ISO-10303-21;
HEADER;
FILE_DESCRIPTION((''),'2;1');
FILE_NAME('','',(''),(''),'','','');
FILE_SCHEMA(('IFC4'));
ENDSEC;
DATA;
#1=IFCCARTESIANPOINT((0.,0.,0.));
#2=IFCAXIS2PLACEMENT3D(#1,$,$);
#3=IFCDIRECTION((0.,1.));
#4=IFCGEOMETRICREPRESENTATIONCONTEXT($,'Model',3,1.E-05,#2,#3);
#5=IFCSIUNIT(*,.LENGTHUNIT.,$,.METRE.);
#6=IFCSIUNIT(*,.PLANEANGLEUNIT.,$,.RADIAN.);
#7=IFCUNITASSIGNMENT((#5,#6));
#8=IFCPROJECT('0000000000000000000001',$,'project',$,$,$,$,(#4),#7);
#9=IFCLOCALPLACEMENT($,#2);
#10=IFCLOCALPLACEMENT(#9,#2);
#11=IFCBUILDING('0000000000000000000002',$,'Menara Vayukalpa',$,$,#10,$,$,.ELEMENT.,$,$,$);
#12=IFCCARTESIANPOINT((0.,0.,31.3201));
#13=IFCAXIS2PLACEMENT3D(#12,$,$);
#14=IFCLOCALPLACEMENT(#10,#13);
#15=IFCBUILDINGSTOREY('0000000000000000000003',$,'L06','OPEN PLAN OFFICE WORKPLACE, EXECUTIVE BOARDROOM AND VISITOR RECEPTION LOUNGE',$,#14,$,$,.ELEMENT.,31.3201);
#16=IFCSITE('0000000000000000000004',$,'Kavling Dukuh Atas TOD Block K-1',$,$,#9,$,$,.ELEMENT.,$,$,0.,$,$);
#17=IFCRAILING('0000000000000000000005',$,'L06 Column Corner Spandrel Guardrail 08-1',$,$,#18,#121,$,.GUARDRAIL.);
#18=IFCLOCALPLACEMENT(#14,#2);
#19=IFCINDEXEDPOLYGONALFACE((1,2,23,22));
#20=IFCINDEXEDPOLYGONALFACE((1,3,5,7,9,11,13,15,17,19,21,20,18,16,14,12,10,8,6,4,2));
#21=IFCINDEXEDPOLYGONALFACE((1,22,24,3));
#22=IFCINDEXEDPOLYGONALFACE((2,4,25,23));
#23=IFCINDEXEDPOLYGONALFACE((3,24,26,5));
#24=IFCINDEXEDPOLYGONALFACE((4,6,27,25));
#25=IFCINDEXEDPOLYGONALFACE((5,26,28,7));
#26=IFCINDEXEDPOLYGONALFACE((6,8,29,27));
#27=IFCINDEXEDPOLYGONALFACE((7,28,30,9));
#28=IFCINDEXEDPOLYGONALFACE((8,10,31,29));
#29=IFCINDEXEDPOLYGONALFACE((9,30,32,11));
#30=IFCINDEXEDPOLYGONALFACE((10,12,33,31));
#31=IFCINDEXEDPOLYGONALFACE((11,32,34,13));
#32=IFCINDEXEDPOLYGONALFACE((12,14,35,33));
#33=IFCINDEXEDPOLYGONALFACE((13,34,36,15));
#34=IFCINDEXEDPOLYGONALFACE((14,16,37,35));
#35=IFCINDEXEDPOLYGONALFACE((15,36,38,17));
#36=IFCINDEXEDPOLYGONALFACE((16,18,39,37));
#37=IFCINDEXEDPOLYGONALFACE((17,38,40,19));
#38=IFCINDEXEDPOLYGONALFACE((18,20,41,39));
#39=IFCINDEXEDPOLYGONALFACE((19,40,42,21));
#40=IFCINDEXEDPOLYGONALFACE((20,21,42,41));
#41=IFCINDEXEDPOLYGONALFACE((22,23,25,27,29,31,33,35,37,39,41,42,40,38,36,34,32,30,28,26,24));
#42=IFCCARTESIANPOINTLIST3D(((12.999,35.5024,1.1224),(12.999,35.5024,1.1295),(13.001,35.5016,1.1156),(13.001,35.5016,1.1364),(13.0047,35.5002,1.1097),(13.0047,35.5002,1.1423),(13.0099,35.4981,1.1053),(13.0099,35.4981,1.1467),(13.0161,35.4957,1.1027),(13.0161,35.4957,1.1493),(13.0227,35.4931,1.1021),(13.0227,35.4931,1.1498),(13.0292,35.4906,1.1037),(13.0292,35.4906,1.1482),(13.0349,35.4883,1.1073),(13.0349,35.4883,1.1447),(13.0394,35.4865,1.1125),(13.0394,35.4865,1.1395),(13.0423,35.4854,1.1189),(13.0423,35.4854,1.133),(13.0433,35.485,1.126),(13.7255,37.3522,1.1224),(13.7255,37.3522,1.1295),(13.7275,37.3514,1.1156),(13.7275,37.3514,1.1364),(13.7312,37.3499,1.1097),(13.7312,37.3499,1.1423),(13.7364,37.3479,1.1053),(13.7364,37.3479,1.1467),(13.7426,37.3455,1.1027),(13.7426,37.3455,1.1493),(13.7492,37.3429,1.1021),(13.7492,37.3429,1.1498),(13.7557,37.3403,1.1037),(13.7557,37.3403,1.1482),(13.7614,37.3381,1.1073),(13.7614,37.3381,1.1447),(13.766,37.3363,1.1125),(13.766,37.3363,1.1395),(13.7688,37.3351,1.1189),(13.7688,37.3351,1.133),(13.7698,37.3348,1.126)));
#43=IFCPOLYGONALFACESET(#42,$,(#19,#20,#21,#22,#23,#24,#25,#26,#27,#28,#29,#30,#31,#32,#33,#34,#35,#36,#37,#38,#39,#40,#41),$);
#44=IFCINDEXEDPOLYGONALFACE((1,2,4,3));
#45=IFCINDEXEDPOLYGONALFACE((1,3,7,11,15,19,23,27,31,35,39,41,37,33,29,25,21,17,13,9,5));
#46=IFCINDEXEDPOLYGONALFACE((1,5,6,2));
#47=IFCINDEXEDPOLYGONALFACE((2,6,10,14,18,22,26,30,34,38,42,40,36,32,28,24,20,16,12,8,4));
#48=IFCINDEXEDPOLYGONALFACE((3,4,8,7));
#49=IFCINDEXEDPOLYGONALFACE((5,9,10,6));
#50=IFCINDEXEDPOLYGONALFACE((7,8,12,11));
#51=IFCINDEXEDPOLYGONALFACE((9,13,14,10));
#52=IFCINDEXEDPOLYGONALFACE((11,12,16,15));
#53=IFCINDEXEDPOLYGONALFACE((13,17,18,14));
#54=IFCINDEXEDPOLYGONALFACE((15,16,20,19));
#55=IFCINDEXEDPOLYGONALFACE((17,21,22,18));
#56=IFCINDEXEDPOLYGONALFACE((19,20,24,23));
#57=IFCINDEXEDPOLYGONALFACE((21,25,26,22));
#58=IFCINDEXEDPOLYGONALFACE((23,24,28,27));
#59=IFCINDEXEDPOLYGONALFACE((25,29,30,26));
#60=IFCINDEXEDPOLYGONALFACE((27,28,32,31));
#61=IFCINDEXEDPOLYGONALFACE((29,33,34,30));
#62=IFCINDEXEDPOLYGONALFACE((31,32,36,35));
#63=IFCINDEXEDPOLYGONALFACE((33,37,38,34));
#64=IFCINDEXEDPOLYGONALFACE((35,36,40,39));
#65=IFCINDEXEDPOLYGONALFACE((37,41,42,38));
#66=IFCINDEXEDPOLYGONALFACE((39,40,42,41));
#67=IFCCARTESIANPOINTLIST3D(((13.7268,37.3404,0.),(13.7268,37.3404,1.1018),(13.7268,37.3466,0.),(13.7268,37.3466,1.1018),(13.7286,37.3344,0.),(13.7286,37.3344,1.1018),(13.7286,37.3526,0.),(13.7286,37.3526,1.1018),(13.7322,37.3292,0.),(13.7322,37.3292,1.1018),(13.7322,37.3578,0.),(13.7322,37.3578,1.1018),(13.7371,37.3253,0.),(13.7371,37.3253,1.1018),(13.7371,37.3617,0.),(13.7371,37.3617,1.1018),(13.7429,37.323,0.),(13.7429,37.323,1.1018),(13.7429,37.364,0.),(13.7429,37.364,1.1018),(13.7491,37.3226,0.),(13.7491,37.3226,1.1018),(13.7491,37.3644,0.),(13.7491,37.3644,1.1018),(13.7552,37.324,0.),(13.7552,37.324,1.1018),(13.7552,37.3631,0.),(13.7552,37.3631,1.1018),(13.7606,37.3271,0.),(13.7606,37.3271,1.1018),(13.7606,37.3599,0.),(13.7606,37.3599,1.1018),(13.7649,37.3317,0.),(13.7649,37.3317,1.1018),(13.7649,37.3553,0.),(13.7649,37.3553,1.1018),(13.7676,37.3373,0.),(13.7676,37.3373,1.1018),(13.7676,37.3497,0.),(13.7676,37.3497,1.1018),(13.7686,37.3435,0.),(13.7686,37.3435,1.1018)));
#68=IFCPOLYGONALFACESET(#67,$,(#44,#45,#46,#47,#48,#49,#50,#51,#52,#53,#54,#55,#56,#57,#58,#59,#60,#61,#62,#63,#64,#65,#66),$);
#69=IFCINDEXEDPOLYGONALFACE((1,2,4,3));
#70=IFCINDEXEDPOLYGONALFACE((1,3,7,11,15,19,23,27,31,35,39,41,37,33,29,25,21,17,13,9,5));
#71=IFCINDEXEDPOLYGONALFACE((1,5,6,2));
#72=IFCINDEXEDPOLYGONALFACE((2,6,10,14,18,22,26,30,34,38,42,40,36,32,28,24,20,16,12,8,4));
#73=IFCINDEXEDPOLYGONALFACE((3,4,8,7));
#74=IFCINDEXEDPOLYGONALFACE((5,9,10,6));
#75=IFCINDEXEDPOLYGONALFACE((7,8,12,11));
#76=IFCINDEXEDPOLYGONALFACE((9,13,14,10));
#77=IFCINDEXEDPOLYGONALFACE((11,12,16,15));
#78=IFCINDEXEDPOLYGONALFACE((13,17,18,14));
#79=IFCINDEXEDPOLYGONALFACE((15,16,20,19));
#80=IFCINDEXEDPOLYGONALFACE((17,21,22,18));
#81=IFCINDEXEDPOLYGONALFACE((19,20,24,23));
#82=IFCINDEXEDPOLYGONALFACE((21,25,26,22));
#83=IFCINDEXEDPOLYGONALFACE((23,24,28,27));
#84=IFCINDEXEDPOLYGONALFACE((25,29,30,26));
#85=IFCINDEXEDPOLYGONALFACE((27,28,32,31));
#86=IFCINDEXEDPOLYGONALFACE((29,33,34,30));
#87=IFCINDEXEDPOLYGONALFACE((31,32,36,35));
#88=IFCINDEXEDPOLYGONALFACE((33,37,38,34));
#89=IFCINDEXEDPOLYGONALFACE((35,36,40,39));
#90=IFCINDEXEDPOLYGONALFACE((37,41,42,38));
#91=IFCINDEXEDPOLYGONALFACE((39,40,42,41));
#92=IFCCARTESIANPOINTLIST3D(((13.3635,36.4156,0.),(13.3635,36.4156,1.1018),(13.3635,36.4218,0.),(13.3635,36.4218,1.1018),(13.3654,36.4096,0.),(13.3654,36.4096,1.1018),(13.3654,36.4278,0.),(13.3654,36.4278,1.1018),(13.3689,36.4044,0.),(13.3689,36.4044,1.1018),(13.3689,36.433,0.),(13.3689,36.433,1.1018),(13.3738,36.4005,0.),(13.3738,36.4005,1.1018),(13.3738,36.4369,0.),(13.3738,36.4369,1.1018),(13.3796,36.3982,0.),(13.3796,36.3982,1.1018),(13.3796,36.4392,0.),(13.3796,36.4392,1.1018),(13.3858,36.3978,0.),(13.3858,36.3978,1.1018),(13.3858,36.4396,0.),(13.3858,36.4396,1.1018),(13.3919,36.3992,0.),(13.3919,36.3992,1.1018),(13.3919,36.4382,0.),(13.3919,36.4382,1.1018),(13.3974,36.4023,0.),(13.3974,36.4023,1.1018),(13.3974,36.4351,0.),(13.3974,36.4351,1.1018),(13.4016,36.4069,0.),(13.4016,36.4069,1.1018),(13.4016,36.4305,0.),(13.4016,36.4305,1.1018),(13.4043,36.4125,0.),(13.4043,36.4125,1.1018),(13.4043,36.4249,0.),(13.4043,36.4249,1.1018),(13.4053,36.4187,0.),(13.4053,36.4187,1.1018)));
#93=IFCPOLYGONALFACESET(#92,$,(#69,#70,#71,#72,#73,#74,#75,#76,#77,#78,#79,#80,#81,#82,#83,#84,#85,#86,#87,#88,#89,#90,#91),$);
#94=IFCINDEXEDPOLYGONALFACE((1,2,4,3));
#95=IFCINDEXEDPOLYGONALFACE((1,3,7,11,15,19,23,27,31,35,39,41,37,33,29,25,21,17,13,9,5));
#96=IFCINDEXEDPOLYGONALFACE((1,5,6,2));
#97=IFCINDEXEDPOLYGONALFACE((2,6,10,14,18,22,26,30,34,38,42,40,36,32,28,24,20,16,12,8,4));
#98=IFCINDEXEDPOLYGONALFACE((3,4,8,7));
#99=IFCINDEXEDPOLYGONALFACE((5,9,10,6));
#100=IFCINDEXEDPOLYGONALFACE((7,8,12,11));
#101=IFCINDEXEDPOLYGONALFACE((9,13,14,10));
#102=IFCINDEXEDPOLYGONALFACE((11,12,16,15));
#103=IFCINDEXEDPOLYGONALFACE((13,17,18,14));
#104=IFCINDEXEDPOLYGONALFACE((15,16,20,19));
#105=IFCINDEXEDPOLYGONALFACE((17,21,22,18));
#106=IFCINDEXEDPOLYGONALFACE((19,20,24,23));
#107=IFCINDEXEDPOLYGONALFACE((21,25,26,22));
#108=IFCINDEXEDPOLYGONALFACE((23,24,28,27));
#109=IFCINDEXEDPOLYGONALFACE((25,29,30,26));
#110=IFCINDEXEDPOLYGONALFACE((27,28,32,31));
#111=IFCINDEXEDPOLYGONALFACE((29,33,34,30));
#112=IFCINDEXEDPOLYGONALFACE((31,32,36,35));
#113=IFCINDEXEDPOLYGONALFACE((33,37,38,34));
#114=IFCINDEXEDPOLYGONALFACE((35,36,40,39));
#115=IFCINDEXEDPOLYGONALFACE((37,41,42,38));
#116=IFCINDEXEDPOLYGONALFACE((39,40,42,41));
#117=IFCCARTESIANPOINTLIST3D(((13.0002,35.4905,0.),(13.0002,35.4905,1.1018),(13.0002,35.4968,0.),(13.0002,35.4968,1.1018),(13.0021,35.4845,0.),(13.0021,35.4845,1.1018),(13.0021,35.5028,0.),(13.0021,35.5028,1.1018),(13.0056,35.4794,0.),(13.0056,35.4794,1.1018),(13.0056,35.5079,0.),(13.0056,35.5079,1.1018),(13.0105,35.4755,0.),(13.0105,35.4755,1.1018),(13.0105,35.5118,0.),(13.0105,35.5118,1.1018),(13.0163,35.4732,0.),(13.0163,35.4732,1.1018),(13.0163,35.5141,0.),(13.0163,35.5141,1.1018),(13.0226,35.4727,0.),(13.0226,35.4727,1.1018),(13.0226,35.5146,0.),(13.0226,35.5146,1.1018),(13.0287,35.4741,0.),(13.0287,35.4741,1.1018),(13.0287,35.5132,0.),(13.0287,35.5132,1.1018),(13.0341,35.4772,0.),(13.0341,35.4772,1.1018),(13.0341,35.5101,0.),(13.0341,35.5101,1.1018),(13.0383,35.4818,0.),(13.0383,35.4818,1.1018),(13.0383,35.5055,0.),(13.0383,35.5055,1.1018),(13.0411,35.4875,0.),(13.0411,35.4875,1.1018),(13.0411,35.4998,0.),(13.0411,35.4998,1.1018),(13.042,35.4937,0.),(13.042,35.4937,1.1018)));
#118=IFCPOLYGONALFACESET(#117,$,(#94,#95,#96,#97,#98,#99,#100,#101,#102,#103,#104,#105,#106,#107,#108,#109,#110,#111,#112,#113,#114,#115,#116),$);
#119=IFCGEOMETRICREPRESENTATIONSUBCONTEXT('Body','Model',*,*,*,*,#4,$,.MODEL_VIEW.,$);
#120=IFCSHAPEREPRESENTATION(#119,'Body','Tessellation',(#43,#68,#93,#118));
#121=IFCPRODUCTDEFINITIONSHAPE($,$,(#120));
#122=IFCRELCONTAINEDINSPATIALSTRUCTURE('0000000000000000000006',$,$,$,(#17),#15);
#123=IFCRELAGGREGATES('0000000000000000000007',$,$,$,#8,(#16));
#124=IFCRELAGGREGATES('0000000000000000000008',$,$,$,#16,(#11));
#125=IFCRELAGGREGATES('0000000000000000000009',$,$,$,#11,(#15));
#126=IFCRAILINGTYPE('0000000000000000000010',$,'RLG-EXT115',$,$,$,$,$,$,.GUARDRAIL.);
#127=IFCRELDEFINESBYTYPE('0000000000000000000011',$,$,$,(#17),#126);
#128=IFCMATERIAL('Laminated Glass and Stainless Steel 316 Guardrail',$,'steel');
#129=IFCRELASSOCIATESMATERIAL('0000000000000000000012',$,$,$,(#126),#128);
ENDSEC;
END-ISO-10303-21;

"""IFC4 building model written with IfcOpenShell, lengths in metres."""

from ifc_helpers import new_model, si_unit, direction, frame, origin, origin_2d, place, context, subcontext, project, spatial, circle, extrude, material, type_object, element, save


model = new_model("IFC4")

# Units and contexts
model_context = context("Model", 3, precision=1e-05, world=origin(), true_north=direction((0.0, 1.0)))
body_context = subcontext(model_context, "Body", "Model", "MODEL_VIEW")
ifc_project = project(units=[si_unit("LENGTHUNIT", "METRE"), si_unit("PLANEANGLEUNIT", "RADIAN")], contexts=[model_context])

# Site, building, storey
site_placement = place(None, origin())
site = spatial("IfcSite", under=ifc_project, at=site_placement, Name="Kavling Dukuh Atas TOD Block K-1", CompositionType="ELEMENT", RefElevation=0.0)
building_placement = place(site_placement, origin())
building = spatial("IfcBuilding", under=site, at=building_placement, Name="Menara Vayukalpa", CompositionType="ELEMENT")
storey_placement = place(building_placement, frame((0.0, 0.0, 31.3201)))
storey = spatial("IfcBuildingStorey", under=building, at=storey_placement, Name="L06", Description="OPEN PLAN OFFICE WORKPLACE, EXECUTIVE BOARDROOM AND VISITOR RECEPTION LOUNGE", CompositionType="ELEMENT", Elevation=31.3201)

# Railing
ifc_material_1 = material(Name="Laminated Glass and Stainless Steel 316 Guardrail", Category="steel")
railing_type = type_object("IfcRailingType", Name="RLG-EXT115", PredefinedType="GUARDRAIL", material=ifc_material_1)
railing_1_placement = place(storey_placement, frame((13.7476, 37.3435, 0.0)))
element("IfcRailing", 1, at=railing_1_placement, inside=storey, type_object=railing_type, Name="L06 Column Corner Spandrel Guardrail 08-1", PredefinedType="GUARDRAIL", context=body_context, shape_type="SweptSolid", body=[
    extrude(circle(Radius=0.0239, at=origin_2d()), frame((0.0, 0.0, 1.126), z_axis=(-0.36558, -0.93078, 0.0), x_axis=(0.93078, -0.36558, 0.0)), (0.0, 0.0, 1.0), 1.9873),
    extrude(circle(Radius=0.021, at=origin_2d()), origin(), (0.0, 0.0, 1.0), 1.1018),
    extrude(circle(Radius=0.021, at=origin_2d()), frame((-0.3633, -0.9248, 0.0)), (0.0, 0.0, 1.0), 1.1018),
    extrude(circle(Radius=0.021, at=origin_2d()), frame((-0.7266, -1.8499, 0.0)), (0.0, 0.0, 1.0), 1.1018),
])

save(model, "model.ifc")
